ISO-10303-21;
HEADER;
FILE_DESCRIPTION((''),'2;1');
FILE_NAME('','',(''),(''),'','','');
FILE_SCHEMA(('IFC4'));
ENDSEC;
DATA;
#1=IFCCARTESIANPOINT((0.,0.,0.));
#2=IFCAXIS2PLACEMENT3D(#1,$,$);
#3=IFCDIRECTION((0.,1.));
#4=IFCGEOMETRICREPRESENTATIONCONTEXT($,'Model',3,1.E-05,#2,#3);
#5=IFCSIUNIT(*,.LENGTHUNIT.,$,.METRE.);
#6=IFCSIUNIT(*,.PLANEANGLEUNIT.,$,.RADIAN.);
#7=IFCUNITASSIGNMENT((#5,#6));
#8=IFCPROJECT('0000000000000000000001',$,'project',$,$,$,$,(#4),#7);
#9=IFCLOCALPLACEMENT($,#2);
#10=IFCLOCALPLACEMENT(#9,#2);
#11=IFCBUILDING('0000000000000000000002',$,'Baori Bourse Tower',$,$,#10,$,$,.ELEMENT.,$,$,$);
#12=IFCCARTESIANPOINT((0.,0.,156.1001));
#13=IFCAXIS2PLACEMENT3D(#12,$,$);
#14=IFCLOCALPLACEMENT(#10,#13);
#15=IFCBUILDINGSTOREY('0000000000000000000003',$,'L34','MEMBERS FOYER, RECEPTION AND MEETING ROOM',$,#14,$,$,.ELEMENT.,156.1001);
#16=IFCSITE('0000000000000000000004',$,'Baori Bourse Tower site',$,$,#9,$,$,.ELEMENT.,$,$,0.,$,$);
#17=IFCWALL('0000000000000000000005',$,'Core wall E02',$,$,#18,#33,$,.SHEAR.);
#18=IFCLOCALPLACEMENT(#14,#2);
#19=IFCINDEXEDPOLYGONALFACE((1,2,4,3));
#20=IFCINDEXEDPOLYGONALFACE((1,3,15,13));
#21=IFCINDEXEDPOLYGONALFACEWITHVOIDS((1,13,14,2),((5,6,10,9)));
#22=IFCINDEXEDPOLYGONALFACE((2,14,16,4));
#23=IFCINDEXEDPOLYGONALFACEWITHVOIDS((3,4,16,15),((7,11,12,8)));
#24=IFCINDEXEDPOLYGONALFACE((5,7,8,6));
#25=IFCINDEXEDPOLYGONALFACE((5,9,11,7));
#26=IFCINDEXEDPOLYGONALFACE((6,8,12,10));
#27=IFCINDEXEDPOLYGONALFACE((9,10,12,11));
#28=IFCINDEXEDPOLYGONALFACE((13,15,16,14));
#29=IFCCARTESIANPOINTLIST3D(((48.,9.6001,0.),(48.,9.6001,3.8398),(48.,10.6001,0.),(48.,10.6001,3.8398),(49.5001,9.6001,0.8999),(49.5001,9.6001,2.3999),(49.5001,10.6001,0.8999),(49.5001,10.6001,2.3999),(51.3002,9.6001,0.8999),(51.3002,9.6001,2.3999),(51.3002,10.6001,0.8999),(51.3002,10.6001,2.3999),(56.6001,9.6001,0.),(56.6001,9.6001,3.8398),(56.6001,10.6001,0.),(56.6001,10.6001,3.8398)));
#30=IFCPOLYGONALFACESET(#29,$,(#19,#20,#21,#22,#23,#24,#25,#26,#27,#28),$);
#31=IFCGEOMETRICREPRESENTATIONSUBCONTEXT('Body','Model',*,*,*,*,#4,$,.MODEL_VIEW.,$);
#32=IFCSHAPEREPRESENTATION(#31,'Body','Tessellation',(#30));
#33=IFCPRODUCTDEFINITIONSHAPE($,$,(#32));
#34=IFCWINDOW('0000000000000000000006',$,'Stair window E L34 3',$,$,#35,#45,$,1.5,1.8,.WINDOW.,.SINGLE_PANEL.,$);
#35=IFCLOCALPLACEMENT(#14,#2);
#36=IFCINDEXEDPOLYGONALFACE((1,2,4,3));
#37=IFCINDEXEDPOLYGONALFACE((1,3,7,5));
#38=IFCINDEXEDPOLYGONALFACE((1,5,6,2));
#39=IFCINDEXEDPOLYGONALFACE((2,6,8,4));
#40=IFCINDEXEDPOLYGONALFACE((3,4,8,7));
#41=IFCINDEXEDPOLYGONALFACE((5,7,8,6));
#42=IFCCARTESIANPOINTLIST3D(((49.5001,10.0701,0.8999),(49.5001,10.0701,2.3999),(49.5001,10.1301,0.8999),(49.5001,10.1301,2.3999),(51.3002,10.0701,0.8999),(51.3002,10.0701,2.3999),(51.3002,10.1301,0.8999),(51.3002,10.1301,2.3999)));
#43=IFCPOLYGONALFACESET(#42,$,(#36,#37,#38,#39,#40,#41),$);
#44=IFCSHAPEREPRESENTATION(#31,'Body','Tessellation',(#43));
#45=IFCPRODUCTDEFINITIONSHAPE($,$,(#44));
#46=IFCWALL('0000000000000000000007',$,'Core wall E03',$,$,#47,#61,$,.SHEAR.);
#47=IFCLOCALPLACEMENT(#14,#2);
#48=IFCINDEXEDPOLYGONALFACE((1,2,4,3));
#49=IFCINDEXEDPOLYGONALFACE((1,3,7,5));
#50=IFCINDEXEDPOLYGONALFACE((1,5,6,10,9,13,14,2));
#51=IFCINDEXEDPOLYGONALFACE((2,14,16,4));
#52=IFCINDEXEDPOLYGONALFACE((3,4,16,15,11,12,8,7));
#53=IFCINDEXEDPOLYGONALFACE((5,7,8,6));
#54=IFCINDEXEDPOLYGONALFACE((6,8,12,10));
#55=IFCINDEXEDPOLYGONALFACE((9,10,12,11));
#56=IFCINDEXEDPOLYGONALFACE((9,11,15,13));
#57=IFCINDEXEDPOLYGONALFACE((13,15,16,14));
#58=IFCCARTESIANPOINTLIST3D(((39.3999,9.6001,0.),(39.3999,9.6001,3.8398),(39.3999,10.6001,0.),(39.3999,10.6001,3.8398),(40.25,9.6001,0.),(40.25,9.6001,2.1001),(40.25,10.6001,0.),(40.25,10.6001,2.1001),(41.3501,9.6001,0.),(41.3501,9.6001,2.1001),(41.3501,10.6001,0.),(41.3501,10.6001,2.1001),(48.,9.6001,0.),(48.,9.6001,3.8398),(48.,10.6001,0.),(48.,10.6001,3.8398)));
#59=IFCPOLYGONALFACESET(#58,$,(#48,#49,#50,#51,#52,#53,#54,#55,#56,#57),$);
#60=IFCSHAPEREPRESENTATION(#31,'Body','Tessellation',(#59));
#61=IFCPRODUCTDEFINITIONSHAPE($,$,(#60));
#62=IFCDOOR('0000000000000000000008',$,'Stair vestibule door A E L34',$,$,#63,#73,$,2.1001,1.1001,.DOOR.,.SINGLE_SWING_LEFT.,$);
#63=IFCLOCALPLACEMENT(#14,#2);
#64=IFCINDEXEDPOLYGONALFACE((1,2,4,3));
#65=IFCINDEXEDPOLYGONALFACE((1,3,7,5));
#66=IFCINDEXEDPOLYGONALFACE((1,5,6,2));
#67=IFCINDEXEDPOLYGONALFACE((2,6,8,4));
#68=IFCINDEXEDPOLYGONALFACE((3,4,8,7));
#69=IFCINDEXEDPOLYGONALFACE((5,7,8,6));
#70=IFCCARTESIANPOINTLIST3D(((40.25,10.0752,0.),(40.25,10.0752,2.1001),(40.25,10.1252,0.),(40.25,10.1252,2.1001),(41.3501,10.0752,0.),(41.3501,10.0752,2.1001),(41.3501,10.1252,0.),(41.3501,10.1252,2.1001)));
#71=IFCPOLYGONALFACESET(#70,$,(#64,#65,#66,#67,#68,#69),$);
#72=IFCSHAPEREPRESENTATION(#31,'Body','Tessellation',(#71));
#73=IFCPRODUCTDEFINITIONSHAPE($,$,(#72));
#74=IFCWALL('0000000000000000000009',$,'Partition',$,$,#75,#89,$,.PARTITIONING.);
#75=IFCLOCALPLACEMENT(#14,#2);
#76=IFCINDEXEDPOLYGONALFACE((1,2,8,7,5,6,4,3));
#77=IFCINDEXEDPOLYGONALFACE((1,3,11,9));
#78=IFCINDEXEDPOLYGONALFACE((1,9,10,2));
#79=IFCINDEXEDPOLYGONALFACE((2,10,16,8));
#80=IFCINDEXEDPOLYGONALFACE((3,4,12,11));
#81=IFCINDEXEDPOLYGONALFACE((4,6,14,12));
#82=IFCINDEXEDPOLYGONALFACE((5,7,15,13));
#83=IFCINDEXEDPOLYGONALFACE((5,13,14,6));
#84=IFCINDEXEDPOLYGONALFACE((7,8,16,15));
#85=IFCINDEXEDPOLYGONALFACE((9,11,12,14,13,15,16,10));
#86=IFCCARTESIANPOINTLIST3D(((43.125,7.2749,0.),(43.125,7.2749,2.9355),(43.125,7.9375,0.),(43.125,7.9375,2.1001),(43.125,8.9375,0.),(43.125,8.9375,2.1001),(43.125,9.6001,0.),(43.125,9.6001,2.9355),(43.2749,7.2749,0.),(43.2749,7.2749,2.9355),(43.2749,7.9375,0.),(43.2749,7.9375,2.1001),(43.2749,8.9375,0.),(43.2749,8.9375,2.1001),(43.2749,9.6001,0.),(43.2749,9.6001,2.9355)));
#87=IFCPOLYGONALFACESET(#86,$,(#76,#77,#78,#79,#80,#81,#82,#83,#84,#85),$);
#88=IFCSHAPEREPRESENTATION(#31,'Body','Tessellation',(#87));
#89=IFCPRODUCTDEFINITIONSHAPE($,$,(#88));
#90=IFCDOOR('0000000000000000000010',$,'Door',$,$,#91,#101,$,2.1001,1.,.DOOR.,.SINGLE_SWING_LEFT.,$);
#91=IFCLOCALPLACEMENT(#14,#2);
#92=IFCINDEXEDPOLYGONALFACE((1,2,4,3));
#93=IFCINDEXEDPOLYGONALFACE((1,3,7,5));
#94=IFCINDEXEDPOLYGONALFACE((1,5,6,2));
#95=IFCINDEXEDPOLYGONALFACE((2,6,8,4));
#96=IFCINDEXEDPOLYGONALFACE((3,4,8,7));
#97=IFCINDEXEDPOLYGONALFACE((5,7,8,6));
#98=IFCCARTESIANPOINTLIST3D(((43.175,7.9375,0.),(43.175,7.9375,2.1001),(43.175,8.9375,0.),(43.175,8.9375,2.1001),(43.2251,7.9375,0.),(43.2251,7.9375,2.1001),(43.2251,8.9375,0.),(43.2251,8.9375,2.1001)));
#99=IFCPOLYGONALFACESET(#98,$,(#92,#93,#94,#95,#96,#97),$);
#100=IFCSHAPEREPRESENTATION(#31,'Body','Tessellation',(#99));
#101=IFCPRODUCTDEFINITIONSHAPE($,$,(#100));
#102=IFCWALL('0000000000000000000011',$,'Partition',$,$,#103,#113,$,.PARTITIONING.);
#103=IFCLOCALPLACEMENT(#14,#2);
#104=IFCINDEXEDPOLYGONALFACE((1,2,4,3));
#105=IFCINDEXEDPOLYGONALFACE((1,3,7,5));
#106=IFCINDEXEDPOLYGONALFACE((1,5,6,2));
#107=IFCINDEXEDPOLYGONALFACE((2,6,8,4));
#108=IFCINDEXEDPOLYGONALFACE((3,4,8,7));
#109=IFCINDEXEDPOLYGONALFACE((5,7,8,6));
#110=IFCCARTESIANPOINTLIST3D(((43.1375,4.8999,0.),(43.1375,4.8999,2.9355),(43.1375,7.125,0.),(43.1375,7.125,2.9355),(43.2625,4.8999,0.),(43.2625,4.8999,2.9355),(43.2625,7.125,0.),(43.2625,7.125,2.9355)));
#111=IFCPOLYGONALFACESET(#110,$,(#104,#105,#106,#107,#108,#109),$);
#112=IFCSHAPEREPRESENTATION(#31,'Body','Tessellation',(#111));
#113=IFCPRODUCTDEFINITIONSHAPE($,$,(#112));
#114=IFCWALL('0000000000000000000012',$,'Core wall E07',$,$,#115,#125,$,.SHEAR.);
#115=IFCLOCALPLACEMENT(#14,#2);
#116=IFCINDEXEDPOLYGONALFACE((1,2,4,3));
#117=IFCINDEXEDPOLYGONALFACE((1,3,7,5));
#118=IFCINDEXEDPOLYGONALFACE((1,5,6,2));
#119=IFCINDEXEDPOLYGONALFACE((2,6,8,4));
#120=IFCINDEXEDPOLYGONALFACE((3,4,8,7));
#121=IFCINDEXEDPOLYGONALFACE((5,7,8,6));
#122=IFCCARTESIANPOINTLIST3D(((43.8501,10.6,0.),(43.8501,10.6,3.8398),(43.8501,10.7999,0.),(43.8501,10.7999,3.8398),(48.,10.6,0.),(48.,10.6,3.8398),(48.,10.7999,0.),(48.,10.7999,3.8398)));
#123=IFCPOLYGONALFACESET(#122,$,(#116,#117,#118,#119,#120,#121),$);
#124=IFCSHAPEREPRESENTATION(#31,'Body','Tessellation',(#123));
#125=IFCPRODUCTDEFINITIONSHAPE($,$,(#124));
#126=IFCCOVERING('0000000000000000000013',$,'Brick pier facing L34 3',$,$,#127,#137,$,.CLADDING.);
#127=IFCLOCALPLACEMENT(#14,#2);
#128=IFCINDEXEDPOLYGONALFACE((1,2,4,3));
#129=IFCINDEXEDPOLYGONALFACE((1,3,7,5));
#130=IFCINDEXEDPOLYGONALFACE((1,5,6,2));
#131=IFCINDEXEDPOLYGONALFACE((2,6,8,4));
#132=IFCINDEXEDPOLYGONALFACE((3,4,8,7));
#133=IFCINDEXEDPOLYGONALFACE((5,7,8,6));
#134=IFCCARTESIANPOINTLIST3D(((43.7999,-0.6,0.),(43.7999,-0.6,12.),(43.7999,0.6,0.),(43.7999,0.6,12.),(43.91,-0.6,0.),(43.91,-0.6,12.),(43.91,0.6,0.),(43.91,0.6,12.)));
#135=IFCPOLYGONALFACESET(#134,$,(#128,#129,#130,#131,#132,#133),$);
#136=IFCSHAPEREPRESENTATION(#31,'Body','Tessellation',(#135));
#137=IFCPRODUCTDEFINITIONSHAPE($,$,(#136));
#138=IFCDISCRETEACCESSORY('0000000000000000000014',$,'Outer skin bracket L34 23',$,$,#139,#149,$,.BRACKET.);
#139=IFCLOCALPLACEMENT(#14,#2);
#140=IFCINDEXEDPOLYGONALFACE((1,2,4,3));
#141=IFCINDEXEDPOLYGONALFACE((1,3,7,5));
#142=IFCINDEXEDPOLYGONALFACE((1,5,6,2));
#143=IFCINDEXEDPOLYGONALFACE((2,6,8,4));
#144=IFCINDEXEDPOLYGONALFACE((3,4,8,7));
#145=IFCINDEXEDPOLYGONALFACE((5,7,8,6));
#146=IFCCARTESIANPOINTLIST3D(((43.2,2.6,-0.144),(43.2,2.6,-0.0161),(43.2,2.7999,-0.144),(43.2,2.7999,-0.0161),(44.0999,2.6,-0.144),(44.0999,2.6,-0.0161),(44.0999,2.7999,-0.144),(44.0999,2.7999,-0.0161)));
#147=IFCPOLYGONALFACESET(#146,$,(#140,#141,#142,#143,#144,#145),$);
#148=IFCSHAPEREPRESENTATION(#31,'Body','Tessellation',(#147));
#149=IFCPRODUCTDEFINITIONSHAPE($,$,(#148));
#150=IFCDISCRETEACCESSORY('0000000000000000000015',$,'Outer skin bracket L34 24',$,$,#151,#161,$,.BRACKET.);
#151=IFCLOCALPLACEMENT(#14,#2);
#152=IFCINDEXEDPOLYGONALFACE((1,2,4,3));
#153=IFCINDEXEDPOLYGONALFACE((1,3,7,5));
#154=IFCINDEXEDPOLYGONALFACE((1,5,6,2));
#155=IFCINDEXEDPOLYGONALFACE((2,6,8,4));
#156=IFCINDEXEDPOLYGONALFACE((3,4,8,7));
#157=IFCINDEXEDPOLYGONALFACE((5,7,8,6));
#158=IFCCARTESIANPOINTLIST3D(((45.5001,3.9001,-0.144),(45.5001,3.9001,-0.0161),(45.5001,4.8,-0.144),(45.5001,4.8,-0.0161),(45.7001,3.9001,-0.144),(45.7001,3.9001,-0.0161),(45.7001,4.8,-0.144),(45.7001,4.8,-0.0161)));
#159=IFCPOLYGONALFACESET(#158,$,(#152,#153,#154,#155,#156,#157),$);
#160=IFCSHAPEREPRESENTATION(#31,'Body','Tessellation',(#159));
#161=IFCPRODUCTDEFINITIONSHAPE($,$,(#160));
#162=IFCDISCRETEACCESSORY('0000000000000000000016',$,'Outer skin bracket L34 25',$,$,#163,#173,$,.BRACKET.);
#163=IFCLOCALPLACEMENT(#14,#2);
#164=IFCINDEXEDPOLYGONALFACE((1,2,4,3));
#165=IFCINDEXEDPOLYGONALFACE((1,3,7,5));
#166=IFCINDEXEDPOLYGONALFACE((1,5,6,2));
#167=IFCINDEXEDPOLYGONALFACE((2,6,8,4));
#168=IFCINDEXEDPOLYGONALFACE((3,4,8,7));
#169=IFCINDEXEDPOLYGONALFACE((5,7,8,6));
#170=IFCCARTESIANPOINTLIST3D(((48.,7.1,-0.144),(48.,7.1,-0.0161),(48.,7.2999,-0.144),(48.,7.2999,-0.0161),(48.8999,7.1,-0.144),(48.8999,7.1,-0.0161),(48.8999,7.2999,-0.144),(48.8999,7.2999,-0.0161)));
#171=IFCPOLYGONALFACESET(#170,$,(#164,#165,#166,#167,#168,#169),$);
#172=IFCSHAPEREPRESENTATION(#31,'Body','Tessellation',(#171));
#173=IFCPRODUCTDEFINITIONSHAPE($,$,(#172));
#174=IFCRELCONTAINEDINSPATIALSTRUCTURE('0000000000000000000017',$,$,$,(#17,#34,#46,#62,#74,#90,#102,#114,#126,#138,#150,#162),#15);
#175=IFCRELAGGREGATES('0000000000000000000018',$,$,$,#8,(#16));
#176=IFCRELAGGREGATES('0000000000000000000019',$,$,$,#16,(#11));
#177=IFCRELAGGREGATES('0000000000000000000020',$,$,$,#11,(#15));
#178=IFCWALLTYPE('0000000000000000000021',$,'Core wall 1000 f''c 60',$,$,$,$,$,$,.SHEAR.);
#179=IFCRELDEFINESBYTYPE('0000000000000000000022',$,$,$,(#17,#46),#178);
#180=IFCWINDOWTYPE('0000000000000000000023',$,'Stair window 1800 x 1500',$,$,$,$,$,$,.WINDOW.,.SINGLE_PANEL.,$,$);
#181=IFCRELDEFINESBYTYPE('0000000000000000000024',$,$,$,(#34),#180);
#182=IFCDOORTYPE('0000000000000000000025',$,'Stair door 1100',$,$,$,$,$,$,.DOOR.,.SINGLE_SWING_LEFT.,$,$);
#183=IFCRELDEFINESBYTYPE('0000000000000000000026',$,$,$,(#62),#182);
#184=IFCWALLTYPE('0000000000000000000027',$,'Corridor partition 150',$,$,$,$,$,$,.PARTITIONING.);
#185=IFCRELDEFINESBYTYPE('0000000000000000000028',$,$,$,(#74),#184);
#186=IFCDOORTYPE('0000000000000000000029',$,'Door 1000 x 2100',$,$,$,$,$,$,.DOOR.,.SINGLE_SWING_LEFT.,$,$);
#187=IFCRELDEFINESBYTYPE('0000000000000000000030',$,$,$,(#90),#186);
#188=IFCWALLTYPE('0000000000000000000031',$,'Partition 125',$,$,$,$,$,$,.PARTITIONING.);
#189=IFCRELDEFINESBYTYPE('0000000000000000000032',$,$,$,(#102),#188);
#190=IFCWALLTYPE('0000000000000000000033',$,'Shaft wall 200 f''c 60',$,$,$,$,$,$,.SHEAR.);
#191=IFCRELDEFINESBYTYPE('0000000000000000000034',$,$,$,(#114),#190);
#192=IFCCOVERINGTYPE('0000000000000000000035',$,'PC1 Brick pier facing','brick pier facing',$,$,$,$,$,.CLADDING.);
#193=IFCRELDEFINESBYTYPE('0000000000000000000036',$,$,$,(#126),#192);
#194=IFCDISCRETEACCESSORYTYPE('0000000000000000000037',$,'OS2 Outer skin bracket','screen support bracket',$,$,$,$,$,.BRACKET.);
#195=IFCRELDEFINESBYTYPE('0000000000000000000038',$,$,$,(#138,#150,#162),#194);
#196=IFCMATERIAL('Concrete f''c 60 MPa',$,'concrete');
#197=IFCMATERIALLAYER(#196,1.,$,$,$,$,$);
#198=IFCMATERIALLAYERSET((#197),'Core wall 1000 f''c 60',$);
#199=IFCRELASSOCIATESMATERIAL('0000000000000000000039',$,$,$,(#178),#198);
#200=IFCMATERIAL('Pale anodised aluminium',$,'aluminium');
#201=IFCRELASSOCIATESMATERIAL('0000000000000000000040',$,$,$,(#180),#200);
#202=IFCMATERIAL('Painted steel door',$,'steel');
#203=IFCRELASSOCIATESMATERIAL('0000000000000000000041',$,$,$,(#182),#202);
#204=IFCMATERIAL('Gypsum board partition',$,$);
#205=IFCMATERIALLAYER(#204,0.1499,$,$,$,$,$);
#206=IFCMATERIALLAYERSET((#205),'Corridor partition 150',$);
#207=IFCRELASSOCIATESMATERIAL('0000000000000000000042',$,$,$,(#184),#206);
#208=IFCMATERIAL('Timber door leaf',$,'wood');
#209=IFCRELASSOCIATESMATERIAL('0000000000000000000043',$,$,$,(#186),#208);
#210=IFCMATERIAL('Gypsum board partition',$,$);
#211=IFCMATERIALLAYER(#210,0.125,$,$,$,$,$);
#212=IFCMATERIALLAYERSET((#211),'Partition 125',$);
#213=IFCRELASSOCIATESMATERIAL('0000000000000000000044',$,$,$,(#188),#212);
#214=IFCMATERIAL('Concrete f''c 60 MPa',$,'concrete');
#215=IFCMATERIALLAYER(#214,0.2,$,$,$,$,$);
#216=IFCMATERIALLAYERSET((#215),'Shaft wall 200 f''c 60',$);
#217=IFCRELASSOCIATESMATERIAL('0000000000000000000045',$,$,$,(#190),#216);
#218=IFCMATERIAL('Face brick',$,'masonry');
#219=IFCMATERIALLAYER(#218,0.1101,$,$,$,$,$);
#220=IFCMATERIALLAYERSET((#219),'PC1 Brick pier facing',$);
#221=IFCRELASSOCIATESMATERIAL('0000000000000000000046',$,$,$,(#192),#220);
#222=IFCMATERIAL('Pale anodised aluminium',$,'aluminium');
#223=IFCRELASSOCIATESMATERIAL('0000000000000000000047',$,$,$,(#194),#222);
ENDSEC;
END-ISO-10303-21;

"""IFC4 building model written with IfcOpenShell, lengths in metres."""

from ifc_helpers import new_model, si_unit, direction, frame, frame_2d, origin, origin_2d, place, context, subcontext, project, spatial, rectangle, extrude, material, layer, layer_set, type_object, element, fill, save


model = new_model("IFC4")

# Units and contexts
model_context = context("Model", 3, precision=1e-05, world=origin(), true_north=direction((0.0, 1.0)))
body_context = subcontext(model_context, "Body", "Model", "MODEL_VIEW")
ifc_project = project(units=[si_unit("LENGTHUNIT", "METRE"), si_unit("PLANEANGLEUNIT", "RADIAN")], contexts=[model_context])

# Site, building, storey
site_placement = place(None, origin())
site = spatial("IfcSite", under=ifc_project, at=site_placement, Name="Baori Bourse Tower site", CompositionType="ELEMENT", RefElevation=0.0)
building_placement = place(site_placement, origin())
building = spatial("IfcBuilding", under=site, at=building_placement, Name="Baori Bourse Tower", CompositionType="ELEMENT")
storey_placement = place(building_placement, frame((0.0, 0.0, 156.1001)))
storey = spatial("IfcBuildingStorey", under=building, at=storey_placement, Name="L34", Description="MEMBERS FOYER, RECEPTION AND MEETING ROOM", CompositionType="ELEMENT", Elevation=156.1001)

# Wall, opening, window
ifc_material_1 = material(Name="Concrete f'c 60 MPa", Category="concrete")
ifc_layer_1 = layer(ifc_material_1, 1.0)
ifc_layer_set_1 = layer_set([ifc_layer_1], Name="Core wall 1000 f'c 60")
wall_type_1 = type_object("IfcWallType", Name="Core wall 1000 f'c 60", PredefinedType="SHEAR", material=ifc_layer_set_1)
wall_1_placement = place(storey_placement, frame((56.6001, 10.1001, 0.0), z_axis=(0.0, 0.0, 1.0), x_axis=(-1.0, 0.0, 0.0)))
wall_1 = element("IfcWall", 1, at=wall_1_placement, inside=storey, type_object=wall_type_1, Name="Core wall E02", PredefinedType="SHEAR", context=body_context, shape_type="SweptSolid", body=[
    extrude(rectangle(XDim=8.6001, YDim=1.0, at=frame_2d((4.3, 0.0))), origin(), (0.0, 0.0, 1.0), 3.8398),
])
opening_1_placement = place(wall_1_placement, frame((5.3, 0.0, 0.8999)))
opening_1 = element("IfcOpeningElement", 2, at=opening_1_placement, cuts=wall_1, PredefinedType="OPENING", context=body_context, shape_type="SweptSolid", body=[
    extrude(rectangle(XDim=1.8, YDim=1.5, at=frame_2d((0.8999, 0.75))), frame((0.0, 0.51, 0.0), z_axis=(0.0, -1.0, 0.0), x_axis=(1.0, 0.0, 0.0)), (0.0, 0.0, 1.0), 1.02),
])
ifc_material_2 = material(Name="Pale anodised aluminium", Category="aluminium")
window_type = type_object("IfcWindowType", Name="Stair window 1800 x 1500", PartitioningType="SINGLE_PANEL", PredefinedType="WINDOW", material=ifc_material_2)
window_placement = place(opening_1_placement, origin())
window = element("IfcWindow", 3, at=window_placement, inside=storey, type_object=window_type, Name="Stair window E L34 3", OverallHeight=1.5, OverallWidth=1.8, PartitioningType="SINGLE_PANEL", PredefinedType="WINDOW", context=body_context, shape_type="SweptSolid", body=[
    extrude(rectangle(XDim=1.8, YDim=1.5, at=frame_2d((0.8999, 0.75))), frame((0.0, 0.03, 0.0), z_axis=(0.0, -1.0, 0.0), x_axis=(1.0, 0.0, 0.0)), (0.0, 0.0, 1.0), 0.0601),
])
fill(opening_1, window)

# Walls, openings, doors
wall_2_placement = place(storey_placement, frame((48.0, 10.1001, 0.0), z_axis=(0.0, 0.0, 1.0), x_axis=(-1.0, 0.0, 0.0)))
wall_2 = element("IfcWall", 4, at=wall_2_placement, inside=storey, type_object=wall_type_1, Name="Core wall E03", PredefinedType="SHEAR", context=body_context, shape_type="SweptSolid", body=[
    extrude(rectangle(XDim=8.6001, YDim=1.0, at=frame_2d((4.3, 0.0))), origin(), (0.0, 0.0, 1.0), 3.8398),
])
opening_2_placement = place(wall_2_placement, frame((6.6499, 0.0, 0.0)))
opening_2 = element("IfcOpeningElement", 5, at=opening_2_placement, cuts=wall_2, PredefinedType="OPENING", context=body_context, shape_type="SweptSolid", body=[
    extrude(rectangle(XDim=1.1001, YDim=2.1001, at=frame_2d((0.55, 1.05))), frame((0.0, 0.51, 0.0), z_axis=(0.0, -1.0, 0.0), x_axis=(1.0, 0.0, 0.0)), (0.0, 0.0, 1.0), 1.02),
])
ifc_material_3 = material(Name="Painted steel door", Category="steel")
door_type_1 = type_object("IfcDoorType", Name="Stair door 1100", OperationType="SINGLE_SWING_LEFT", PredefinedType="DOOR", material=ifc_material_3)
door_1_placement = place(opening_2_placement, origin())
door_1 = element("IfcDoor", 6, at=door_1_placement, inside=storey, type_object=door_type_1, Name="Stair vestibule door A E L34", OperationType="SINGLE_SWING_LEFT", OverallHeight=2.1001, OverallWidth=1.1001, PredefinedType="DOOR", context=body_context, shape_type="SweptSolid", body=[
    extrude(rectangle(XDim=1.1001, YDim=2.1001, at=frame_2d((0.55, 1.05))), frame((0.0, 0.0249, 0.0), z_axis=(0.0, -1.0, 0.0), x_axis=(1.0, 0.0, 0.0)), (0.0, 0.0, 1.0), 0.05),
])
fill(opening_2, door_1)
ifc_material_4 = material(Name="Gypsum board partition")
ifc_layer_2 = layer(ifc_material_4, 0.1499)
ifc_layer_set_2 = layer_set([ifc_layer_2], Name="Corridor partition 150")
wall_type_2 = type_object("IfcWallType", Name="Corridor partition 150", PredefinedType="PARTITIONING", material=ifc_layer_set_2)
wall_3_placement = place(storey_placement, frame((43.2, 7.2749, 0.0), z_axis=(0.0, 0.0, 1.0), x_axis=(0.0, 1.0, 0.0)))
wall_3 = element("IfcWall", 7, at=wall_3_placement, inside=storey, type_object=wall_type_2, Name="Partition", PredefinedType="PARTITIONING", context=body_context, shape_type="SweptSolid", body=[
    extrude(rectangle(XDim=2.3252, YDim=0.1499, at=frame_2d((1.1626, 0.0))), origin(), (0.0, 0.0, 1.0), 2.9355),
])
opening_3_placement = place(wall_3_placement, frame((0.6626, 0.0, 0.0)))
opening_3 = element("IfcOpeningElement", 8, at=opening_3_placement, cuts=wall_3, PredefinedType="OPENING", context=body_context, shape_type="SweptSolid", body=[
    extrude(rectangle(XDim=1.0, YDim=2.1001, at=frame_2d((0.5, 1.05))), frame((0.0, 0.085, 0.0), z_axis=(0.0, -1.0, 0.0), x_axis=(1.0, 0.0, 0.0)), (0.0, 0.0, 1.0), 0.1699),
])
ifc_material_5 = material(Name="Timber door leaf", Category="wood")
door_type_2 = type_object("IfcDoorType", Name="Door 1000 x 2100", OperationType="SINGLE_SWING_LEFT", PredefinedType="DOOR", material=ifc_material_5)
door_2_placement = place(opening_3_placement, origin())
door_2 = element("IfcDoor", 9, at=door_2_placement, inside=storey, type_object=door_type_2, Name="Door", OperationType="SINGLE_SWING_LEFT", OverallHeight=2.1001, OverallWidth=1.0, PredefinedType="DOOR", context=body_context, shape_type="SweptSolid", body=[
    extrude(rectangle(XDim=1.0, YDim=2.1001, at=frame_2d((0.5, 1.05))), frame((0.0, 0.0249, 0.0), z_axis=(0.0, -1.0, 0.0), x_axis=(1.0, 0.0, 0.0)), (0.0, 0.0, 1.0), 0.05),
])
fill(opening_3, door_2)

# Walls
ifc_material_6 = material(Name="Gypsum board partition")
ifc_layer_3 = layer(ifc_material_6, 0.125)
ifc_layer_set_3 = layer_set([ifc_layer_3], Name="Partition 125")
wall_type_3 = type_object("IfcWallType", Name="Partition 125", PredefinedType="PARTITIONING", material=ifc_layer_set_3)
wall_4_placement = place(storey_placement, frame((43.2, 4.8999, 0.0), z_axis=(0.0, 0.0, 1.0), x_axis=(0.0, 1.0, 0.0)))
element("IfcWall", 10, at=wall_4_placement, inside=storey, type_object=wall_type_3, Name="Partition", PredefinedType="PARTITIONING", context=body_context, shape_type="SweptSolid", body=[
    extrude(rectangle(XDim=2.2251, YDim=0.125, at=frame_2d((1.1125, 0.0))), origin(), (0.0, 0.0, 1.0), 2.9355),
])
ifc_material_7 = material(Name="Concrete f'c 60 MPa", Category="concrete")
ifc_layer_4 = layer(ifc_material_7, 0.2)
ifc_layer_set_4 = layer_set([ifc_layer_4], Name="Shaft wall 200 f'c 60")
wall_type_4 = type_object("IfcWallType", Name="Shaft wall 200 f'c 60", PredefinedType="SHEAR", material=ifc_layer_set_4)
wall_5_placement = place(storey_placement, frame((43.8501, 10.7, 0.0), z_axis=(0.0, 0.0, 1.0), x_axis=(1.0, 0.0, 0.0)))
element("IfcWall", 11, at=wall_5_placement, inside=storey, type_object=wall_type_4, Name="Core wall E07", PredefinedType="SHEAR", context=body_context, shape_type="SweptSolid", body=[
    extrude(rectangle(XDim=4.1499, YDim=0.2, at=frame_2d((2.075, 0.0))), origin(), (0.0, 0.0, 1.0), 3.8398),
])

# Covering
ifc_material_8 = material(Name="Face brick", Category="masonry")
ifc_layer_5 = layer(ifc_material_8, 0.1101)
ifc_layer_set_5 = layer_set([ifc_layer_5], Name="PC1 Brick pier facing")
covering_type = type_object("IfcCoveringType", Name="PC1 Brick pier facing", Description="brick pier facing", PredefinedType="CLADDING", material=ifc_layer_set_5)
covering_placement = place(storey_placement, frame((43.855, 0.0, 0.0), z_axis=(0.0, 0.0, 1.0), x_axis=(1.0, 0.0, 0.0)))
element("IfcCovering", 12, at=covering_placement, inside=storey, type_object=covering_type, Name="Brick pier facing L34 3", PredefinedType="CLADDING", context=body_context, shape_type="SweptSolid", body=[
    extrude(rectangle(XDim=0.1101, YDim=1.2, at=origin_2d()), origin(), (0.0, 0.0, 1.0), 12.0),
])

# Discrete accessories
ifc_material_9 = material(Name="Pale anodised aluminium", Category="aluminium")
discrete_accessory_type = type_object("IfcDiscreteAccessoryType", Name="OS2 Outer skin bracket", Description="screen support bracket", PredefinedType="BRACKET", material=ifc_material_9)
for number, where, z_axis, x_axis, name in (
    (13, (43.6499, 2.7, -0.144), (0.0, 0.0, 1.0), (0.0, 1.0, 0.0), "Outer skin bracket L34 23"),
    (14, (45.6001, 4.3501, -0.144), (0.0, 0.0, 1.0), (1.0, 0.0, 0.0), "Outer skin bracket L34 24"),
    (15, (48.45, 7.2, -0.144), (0.0, 0.0, 1.0), (0.0, 1.0, 0.0), "Outer skin bracket L34 25"),
):
    element("IfcDiscreteAccessory", number, at=place(storey_placement, frame(where, z_axis=z_axis, x_axis=x_axis)), inside=storey, type_object=discrete_accessory_type, Name=name, PredefinedType="BRACKET", context=body_context, shape_type="SweptSolid", body=[
        extrude(rectangle(XDim=0.2, YDim=0.8999, at=origin_2d()), origin(), (0.0, 0.0, 1.0), 0.1279),
    ])

save(model, "model.ifc")
